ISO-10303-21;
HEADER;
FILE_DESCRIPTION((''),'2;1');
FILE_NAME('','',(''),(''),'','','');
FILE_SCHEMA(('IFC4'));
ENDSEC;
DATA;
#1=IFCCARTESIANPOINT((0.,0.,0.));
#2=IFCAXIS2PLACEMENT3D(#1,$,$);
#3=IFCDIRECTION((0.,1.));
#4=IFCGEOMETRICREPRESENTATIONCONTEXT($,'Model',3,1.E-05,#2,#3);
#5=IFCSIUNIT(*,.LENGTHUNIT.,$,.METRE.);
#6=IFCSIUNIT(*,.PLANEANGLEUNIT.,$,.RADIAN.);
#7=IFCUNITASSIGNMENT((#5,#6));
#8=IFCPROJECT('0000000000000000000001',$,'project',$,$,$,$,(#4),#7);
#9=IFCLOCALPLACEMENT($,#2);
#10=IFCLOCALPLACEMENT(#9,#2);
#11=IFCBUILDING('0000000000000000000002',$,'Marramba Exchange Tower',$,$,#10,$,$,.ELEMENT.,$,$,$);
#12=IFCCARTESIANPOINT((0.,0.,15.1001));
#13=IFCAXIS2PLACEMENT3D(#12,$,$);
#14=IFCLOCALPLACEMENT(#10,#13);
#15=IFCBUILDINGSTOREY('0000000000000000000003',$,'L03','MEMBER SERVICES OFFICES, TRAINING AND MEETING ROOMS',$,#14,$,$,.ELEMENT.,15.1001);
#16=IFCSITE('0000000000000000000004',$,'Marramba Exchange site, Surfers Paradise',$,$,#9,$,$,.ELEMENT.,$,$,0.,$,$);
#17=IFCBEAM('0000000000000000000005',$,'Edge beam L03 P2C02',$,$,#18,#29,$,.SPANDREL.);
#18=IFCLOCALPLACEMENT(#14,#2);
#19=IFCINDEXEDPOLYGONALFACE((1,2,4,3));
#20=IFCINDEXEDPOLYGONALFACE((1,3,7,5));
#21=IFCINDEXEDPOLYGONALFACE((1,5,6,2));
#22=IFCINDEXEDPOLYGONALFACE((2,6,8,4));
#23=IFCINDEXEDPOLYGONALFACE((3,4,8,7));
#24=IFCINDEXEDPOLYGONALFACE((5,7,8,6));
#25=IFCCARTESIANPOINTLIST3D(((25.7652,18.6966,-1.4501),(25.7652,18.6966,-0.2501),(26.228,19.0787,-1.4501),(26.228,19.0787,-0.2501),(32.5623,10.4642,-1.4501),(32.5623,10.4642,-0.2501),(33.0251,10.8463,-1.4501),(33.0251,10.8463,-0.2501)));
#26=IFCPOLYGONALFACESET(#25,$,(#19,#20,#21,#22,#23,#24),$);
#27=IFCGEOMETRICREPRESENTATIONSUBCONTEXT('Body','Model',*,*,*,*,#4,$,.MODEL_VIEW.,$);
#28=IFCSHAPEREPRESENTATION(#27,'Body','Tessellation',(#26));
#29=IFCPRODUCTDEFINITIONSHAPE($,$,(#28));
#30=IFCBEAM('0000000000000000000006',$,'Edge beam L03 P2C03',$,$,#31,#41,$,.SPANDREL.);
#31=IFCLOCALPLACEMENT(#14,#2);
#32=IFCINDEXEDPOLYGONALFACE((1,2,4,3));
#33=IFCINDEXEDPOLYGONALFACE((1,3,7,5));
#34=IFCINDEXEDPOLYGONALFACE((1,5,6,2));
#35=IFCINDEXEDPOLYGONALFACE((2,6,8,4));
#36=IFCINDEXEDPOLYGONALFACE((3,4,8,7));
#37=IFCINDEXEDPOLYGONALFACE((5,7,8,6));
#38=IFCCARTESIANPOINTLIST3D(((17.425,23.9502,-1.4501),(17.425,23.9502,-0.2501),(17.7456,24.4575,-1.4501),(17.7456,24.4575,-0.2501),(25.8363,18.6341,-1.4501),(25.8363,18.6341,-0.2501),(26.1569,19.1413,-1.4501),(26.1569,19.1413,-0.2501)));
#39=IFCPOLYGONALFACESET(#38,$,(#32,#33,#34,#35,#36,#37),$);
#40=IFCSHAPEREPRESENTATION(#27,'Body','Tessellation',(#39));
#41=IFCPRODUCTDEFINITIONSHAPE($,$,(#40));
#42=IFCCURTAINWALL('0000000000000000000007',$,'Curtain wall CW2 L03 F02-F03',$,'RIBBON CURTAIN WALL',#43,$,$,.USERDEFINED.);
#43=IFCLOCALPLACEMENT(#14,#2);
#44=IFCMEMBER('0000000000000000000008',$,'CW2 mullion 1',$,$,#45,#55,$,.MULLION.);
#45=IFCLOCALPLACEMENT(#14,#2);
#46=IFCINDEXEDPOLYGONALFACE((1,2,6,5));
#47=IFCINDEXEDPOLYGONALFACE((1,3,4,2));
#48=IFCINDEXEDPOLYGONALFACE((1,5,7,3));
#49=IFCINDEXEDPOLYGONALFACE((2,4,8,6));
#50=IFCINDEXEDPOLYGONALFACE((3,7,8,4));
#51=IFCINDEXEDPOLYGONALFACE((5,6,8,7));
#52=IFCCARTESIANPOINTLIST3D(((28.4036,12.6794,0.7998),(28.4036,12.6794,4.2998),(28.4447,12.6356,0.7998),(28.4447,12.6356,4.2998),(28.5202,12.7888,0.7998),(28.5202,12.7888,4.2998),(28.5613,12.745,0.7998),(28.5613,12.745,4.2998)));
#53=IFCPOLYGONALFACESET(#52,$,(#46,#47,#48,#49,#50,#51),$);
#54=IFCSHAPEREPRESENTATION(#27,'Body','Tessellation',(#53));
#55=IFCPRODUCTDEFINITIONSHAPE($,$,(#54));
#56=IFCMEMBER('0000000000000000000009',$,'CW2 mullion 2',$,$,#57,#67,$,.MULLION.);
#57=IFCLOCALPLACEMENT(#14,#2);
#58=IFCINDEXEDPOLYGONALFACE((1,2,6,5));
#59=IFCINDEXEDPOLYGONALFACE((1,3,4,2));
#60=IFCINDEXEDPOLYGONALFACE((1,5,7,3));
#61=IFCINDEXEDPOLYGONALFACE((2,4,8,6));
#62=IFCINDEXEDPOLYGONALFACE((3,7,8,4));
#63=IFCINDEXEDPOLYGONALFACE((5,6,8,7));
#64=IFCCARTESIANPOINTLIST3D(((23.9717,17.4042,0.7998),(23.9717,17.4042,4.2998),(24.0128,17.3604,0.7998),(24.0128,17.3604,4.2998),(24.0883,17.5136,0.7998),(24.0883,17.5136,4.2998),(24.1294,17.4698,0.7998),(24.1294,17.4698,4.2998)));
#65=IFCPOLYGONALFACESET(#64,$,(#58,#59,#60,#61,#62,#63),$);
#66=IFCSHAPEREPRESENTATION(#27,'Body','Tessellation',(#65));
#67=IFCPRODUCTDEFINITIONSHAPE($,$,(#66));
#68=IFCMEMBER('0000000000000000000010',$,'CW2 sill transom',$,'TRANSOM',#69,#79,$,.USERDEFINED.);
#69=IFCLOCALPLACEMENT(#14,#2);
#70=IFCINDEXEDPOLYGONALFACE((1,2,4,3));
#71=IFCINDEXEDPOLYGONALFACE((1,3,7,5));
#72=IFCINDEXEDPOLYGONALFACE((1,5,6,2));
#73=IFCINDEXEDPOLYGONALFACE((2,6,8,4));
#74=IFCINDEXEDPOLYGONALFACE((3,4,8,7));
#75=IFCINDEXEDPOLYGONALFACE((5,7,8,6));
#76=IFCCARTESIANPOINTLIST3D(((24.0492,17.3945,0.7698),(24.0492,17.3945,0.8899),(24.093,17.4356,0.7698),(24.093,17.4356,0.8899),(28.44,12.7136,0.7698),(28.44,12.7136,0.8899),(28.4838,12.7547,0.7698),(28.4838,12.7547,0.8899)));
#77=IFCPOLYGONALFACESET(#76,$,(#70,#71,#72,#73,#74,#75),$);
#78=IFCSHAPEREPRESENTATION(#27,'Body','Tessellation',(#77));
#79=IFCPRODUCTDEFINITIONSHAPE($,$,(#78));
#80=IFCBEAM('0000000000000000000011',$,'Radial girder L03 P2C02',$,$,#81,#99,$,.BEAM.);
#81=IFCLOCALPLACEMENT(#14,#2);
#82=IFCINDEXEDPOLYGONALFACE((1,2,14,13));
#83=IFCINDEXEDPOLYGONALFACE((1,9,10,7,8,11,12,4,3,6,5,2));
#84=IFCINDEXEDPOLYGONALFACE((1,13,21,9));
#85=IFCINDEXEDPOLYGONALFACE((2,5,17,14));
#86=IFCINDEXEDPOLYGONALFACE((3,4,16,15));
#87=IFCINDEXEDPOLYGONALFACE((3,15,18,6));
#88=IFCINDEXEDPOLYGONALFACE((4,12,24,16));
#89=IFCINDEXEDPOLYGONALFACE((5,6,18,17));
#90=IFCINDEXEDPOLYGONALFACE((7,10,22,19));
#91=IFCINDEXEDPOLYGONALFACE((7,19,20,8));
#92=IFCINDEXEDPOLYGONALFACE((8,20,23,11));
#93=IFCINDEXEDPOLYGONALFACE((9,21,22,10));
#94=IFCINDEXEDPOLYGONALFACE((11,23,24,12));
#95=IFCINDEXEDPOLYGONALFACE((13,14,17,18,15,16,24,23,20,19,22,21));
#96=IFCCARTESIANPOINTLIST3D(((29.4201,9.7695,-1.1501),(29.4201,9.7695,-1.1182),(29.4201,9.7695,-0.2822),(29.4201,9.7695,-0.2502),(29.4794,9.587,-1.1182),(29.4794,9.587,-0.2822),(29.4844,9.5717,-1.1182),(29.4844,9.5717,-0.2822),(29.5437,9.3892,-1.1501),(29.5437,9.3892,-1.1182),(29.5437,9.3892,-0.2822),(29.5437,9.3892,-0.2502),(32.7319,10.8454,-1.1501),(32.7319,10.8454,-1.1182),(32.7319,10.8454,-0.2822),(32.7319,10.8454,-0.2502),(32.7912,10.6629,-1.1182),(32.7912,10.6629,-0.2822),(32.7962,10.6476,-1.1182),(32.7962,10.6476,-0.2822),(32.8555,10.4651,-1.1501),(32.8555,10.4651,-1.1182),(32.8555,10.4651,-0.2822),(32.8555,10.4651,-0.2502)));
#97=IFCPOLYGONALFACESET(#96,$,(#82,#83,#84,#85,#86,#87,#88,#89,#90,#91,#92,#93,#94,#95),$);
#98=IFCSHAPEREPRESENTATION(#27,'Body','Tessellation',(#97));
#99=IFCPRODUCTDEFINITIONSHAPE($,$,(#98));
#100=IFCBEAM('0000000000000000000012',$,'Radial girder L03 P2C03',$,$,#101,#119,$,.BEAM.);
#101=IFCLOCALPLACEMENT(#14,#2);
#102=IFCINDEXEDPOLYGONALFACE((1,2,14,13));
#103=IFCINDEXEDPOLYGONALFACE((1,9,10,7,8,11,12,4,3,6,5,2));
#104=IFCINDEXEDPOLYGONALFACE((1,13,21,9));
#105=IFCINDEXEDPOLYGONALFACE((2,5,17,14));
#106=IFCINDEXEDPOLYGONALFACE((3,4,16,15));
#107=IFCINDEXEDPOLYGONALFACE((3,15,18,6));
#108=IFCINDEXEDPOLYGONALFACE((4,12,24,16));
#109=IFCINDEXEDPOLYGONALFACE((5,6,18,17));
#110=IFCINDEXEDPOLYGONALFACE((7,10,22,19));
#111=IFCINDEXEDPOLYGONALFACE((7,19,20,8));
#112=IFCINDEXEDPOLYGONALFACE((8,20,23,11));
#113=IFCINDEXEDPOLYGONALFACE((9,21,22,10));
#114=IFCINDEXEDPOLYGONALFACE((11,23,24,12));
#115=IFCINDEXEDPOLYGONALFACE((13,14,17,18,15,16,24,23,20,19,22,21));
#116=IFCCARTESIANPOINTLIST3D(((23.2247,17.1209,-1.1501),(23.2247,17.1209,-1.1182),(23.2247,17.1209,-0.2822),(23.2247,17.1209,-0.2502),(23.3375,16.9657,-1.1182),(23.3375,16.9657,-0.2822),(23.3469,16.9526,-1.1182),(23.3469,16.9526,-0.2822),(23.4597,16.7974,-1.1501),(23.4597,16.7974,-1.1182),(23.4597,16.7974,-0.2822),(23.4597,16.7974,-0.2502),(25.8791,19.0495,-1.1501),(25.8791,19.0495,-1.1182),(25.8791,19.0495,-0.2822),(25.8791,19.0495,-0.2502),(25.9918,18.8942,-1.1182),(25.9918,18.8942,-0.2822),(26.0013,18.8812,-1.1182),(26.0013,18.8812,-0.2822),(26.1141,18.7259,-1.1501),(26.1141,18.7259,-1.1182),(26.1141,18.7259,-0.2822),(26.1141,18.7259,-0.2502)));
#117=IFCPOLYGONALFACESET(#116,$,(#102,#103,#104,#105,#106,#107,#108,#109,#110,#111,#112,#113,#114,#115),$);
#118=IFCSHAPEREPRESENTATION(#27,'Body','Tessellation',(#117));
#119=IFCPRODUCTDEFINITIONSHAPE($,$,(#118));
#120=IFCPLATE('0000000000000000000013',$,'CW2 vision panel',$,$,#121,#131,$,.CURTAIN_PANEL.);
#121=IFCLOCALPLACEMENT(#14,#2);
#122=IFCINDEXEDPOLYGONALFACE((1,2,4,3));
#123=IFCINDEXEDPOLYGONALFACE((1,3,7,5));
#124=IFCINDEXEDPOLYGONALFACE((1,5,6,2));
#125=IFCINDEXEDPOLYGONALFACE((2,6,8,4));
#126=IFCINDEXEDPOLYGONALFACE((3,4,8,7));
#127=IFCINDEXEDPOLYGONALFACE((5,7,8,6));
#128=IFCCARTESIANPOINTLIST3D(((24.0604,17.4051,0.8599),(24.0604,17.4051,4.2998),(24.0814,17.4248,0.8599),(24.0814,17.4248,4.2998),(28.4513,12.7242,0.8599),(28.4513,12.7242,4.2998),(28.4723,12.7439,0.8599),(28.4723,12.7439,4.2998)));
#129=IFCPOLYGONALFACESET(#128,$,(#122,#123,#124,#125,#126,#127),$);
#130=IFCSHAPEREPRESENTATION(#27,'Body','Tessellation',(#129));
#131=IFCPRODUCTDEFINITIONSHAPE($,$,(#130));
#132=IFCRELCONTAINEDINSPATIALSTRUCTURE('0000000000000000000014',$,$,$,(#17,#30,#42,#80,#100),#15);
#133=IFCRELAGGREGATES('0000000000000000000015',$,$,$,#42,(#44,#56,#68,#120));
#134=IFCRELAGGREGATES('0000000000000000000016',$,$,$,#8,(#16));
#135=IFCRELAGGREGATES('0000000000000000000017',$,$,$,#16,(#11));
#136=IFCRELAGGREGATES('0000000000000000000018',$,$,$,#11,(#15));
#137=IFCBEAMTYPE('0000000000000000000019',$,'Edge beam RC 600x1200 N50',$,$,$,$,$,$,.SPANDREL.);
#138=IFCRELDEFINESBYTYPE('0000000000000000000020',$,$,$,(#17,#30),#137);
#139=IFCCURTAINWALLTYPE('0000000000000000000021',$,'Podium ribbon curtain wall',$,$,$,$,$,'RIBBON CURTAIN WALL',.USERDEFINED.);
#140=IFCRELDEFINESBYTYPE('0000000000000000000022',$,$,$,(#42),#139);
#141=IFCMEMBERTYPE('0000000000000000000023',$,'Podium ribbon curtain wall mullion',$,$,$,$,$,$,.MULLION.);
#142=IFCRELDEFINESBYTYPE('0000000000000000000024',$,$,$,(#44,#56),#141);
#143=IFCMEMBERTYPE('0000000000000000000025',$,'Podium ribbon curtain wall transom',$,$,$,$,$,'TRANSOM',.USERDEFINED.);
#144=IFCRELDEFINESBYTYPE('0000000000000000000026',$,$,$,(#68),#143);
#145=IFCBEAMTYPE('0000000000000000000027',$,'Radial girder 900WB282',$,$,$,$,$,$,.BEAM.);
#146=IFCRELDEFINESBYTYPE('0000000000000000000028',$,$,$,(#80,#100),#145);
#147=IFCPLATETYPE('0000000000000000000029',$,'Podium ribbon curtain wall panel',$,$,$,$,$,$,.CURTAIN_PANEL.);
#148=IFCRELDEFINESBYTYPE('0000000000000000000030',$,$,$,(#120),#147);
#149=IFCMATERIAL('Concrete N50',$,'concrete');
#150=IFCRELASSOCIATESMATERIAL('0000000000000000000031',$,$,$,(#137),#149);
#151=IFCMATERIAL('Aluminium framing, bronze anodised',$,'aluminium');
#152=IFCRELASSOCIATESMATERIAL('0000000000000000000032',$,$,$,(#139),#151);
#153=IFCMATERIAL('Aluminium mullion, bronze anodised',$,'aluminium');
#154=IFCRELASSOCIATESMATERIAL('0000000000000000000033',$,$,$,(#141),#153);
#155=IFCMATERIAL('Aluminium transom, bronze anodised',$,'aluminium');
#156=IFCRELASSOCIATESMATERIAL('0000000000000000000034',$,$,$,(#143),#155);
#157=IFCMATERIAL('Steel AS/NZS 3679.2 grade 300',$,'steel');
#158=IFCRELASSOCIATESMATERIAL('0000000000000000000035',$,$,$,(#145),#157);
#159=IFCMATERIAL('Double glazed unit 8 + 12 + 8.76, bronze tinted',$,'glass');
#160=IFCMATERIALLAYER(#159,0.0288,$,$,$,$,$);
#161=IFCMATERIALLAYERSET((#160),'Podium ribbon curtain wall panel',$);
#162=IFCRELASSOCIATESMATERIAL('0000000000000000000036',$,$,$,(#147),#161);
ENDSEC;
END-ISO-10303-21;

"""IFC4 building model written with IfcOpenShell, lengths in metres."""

from ifc_helpers import new_model, si_unit, direction, frame, origin, origin_2d, place, context, subcontext, project, spatial, rectangle, i_section, extrude, material, layer, layer_set, material_profile, profile_set, type_object, element, aggregate, save


model = new_model("IFC4")

# Units and contexts
model_context = context("Model", 3, precision=1e-05, world=origin(), true_north=direction((0.0, 1.0)))
body_context = subcontext(model_context, "Body", "Model", "MODEL_VIEW")
ifc_project = project(units=[si_unit("LENGTHUNIT", "METRE"), si_unit("PLANEANGLEUNIT", "RADIAN")], contexts=[model_context])

# Site, building, storey
site_placement = place(None, origin())
site = spatial("IfcSite", under=ifc_project, at=site_placement, Name="Marramba Exchange site, Surfers Paradise", CompositionType="ELEMENT", RefElevation=0.0)
building_placement = place(site_placement, origin())
building = spatial("IfcBuilding", under=site, at=building_placement, Name="Marramba Exchange Tower", CompositionType="ELEMENT")
storey_placement = place(building_placement, frame((0.0, 0.0, 15.1001)))
storey = spatial("IfcBuildingStorey", under=building, at=storey_placement, Name="L03", Description="MEMBER SERVICES OFFICES, TRAINING AND MEETING ROOMS", CompositionType="ELEMENT", Elevation=15.1001)

# Beams
ifc_material_1 = material(Name="Concrete N50", Category="concrete")
ifc_material_profile_1 = material_profile(ifc_material_1, rectangle(XDim=0.6001, YDim=1.2, at=origin_2d()), Name="RC 600x1200")
ifc_profile_set_1 = profile_set([ifc_material_profile_1], Name="Concrete N50")
beam_type_1 = type_object("IfcBeamType", Name="Edge beam RC 600x1200 N50", PredefinedType="SPANDREL", material=ifc_profile_set_1)
beam_1_placement = place(storey_placement, frame((32.7937, 10.6553, -0.8501), z_axis=(-0.636682, 0.771126, 0.0), x_axis=(-0.771126, -0.636682, 0.0)))
element("IfcBeam", 1, at=beam_1_placement, inside=storey, type_object=beam_type_1, Name="Edge beam L03 P2C02", PredefinedType="SPANDREL", context=body_context, shape_type="SweptSolid", body=[
    extrude(rectangle(XDim=0.6001, YDim=1.2, at=origin_2d()), origin(), (0.0, 0.0, 1.0), 10.6758),
])
beam_2_placement = place(storey_placement, frame((25.9966, 18.8877, -0.8501), z_axis=(-0.84532, 0.53426, 0.0), x_axis=(-0.53426, -0.84532, 0.0)))
element("IfcBeam", 2, at=beam_2_placement, inside=storey, type_object=beam_type_1, Name="Edge beam L03 P2C03", PredefinedType="SPANDREL", context=body_context, shape_type="SweptSolid", body=[
    extrude(rectangle(XDim=0.6001, YDim=1.2, at=origin_2d()), origin(), (0.0, 0.0, 1.0), 9.9504),
])

# Curtain wall, members
ifc_material_2 = material(Name="Aluminium framing, bronze anodised", Category="aluminium")
curtain_wall_type = type_object("IfcCurtainWallType", Name="Podium ribbon curtain wall", ElementType="RIBBON CURTAIN WALL", PredefinedType="USERDEFINED", material=ifc_material_2)
curtain_wall_placement = place(storey_placement, origin())
curtain_wall = element("IfcCurtainWall", 3, at=curtain_wall_placement, inside=storey, type_object=curtain_wall_type, Name="Curtain wall CW2 L03 F02-F03", ObjectType="RIBBON CURTAIN WALL", PredefinedType="USERDEFINED")
ifc_material_3 = material(Name="Aluminium mullion, bronze anodised", Category="aluminium")
ifc_material_profile_2 = material_profile(ifc_material_3, rectangle(XDim=0.1599, YDim=0.0601, at=origin_2d()), Name="CW2 mullion 60x160")
ifc_profile_set_2 = profile_set([ifc_material_profile_2], Name="Aluminium mullion, bronze anodised")
member_type_1 = type_object("IfcMemberType", Name="Podium ribbon curtain wall mullion", PredefinedType="MULLION", material=ifc_profile_set_2)
member_1_placement = place(storey_placement, frame((28.4824, 12.7122, 0.7998), z_axis=(0.0, 0.0, 1.0), x_axis=(-0.729344, -0.684147, 0.0)))
member_1 = element("IfcMember", 4, at=member_1_placement, type_object=member_type_1, Name="CW2 mullion 1", PredefinedType="MULLION", context=body_context, shape_type="SweptSolid", body=[
    extrude(rectangle(XDim=0.1599, YDim=0.0601, at=origin_2d()), origin(), (0.0, 0.0, 1.0), 3.5),
])
member_2_placement = place(storey_placement, frame((24.0505, 17.437, 0.7998), z_axis=(0.0, 0.0, 1.0), x_axis=(-0.729344, -0.684147, 0.0)))
member_2 = element("IfcMember", 5, at=member_2_placement, type_object=member_type_1, Name="CW2 mullion 2", PredefinedType="MULLION", context=body_context, shape_type="SweptSolid", body=[
    extrude(rectangle(XDim=0.1599, YDim=0.0601, at=origin_2d()), origin(), (0.0, 0.0, 1.0), 3.5),
])
ifc_material_4 = material(Name="Aluminium transom, bronze anodised", Category="aluminium")
ifc_material_profile_3 = material_profile(ifc_material_4, rectangle(XDim=0.0601, YDim=0.1201, at=origin_2d()), Name="CW2 transom 60x120")
ifc_profile_set_3 = profile_set([ifc_material_profile_3], Name="Aluminium transom, bronze anodised")
member_type_2 = type_object("IfcMemberType", Name="Podium ribbon curtain wall transom", ElementType="TRANSOM", PredefinedType="USERDEFINED", material=ifc_profile_set_3)
member_3_placement = place(storey_placement, frame((28.4619, 12.7341, 0.8298), z_axis=(-0.68415, 0.729341, 0.0), x_axis=(-0.729341, -0.68415, 0.0)))
member_3 = element("IfcMember", 6, at=member_3_placement, type_object=member_type_2, Name="CW2 sill transom", ObjectType="TRANSOM", PredefinedType="USERDEFINED", context=body_context, shape_type="SweptSolid", body=[
    extrude(rectangle(XDim=0.0601, YDim=0.1201, at=origin_2d()), origin(), (0.0, 0.0, 1.0), 6.418),
])

# Beams
ifc_material_5 = material(Name="Steel AS/NZS 3679.2 grade 300", Category="steel")
ifc_material_profile_4 = material_profile(ifc_material_5, i_section(OverallWidth=0.3999, OverallDepth=0.8999, WebThickness=0.0161, FlangeThickness=0.032, at=origin_2d()), Name="900WB282")
ifc_profile_set_4 = profile_set([ifc_material_profile_4], Name="Steel AS/NZS 3679.2 grade 300")
beam_type_2 = type_object("IfcBeamType", Name="Radial girder 900WB282", PredefinedType="BEAM", material=ifc_profile_set_4)
beam_3_placement = place(storey_placement, frame((32.7937, 10.6553, -0.7002), z_axis=(-0.951068, -0.308983, 0.0), x_axis=(0.308983, -0.951068, 0.0)))
element("IfcBeam", 7, at=beam_3_placement, inside=storey, type_object=beam_type_2, Name="Radial girder L03 P2C02", PredefinedType="BEAM", context=body_context, shape_type="SweptSolid", body=[
    extrude(i_section(OverallWidth=0.3999, OverallDepth=0.8999, WebThickness=0.0161, FlangeThickness=0.032, at=origin_2d()), origin(), (0.0, 0.0, 1.0), 3.4822),
])
beam_4_placement = place(storey_placement, frame((25.9966, 18.8877, -0.7002), z_axis=(-0.809016, -0.587787, 0.0), x_axis=(0.587787, -0.809016, 0.0)))
element("IfcBeam", 8, at=beam_4_placement, inside=storey, type_object=beam_type_2, Name="Radial girder L03 P2C03", PredefinedType="BEAM", context=body_context, shape_type="SweptSolid", body=[
    extrude(i_section(OverallWidth=0.3999, OverallDepth=0.8999, WebThickness=0.0161, FlangeThickness=0.032, at=origin_2d()), origin(), (0.0, 0.0, 1.0), 3.281),
])

# Plate
ifc_material_6 = material(Name="Double glazed unit 8 + 12 + 8.76, bronze tinted", Category="glass")
ifc_layer_1 = layer(ifc_material_6, 0.0288)
ifc_layer_set_1 = layer_set([ifc_layer_1], Name="Podium ribbon curtain wall panel")
plate_type = type_object("IfcPlateType", Name="Podium ribbon curtain wall panel", PredefinedType="CURTAIN_PANEL", material=ifc_layer_set_1)
plate_placement = place(storey_placement, frame((26.2664, 15.0745, 0.8599), z_axis=(0.0, 0.0, 1.0), x_axis=(-0.684147, 0.729344, 0.0)))
plate = element("IfcPlate", 9, at=plate_placement, type_object=plate_type, Name="CW2 vision panel", PredefinedType="CURTAIN_PANEL", context=body_context, shape_type="SweptSolid", body=[
    extrude(rectangle(XDim=6.418, YDim=0.0288, at=origin_2d()), origin(), (0.0, 0.0, 1.0), 3.4399),
])
aggregate(curtain_wall, [member_1, member_2, member_3, plate])

save(model, "model.ifc")
